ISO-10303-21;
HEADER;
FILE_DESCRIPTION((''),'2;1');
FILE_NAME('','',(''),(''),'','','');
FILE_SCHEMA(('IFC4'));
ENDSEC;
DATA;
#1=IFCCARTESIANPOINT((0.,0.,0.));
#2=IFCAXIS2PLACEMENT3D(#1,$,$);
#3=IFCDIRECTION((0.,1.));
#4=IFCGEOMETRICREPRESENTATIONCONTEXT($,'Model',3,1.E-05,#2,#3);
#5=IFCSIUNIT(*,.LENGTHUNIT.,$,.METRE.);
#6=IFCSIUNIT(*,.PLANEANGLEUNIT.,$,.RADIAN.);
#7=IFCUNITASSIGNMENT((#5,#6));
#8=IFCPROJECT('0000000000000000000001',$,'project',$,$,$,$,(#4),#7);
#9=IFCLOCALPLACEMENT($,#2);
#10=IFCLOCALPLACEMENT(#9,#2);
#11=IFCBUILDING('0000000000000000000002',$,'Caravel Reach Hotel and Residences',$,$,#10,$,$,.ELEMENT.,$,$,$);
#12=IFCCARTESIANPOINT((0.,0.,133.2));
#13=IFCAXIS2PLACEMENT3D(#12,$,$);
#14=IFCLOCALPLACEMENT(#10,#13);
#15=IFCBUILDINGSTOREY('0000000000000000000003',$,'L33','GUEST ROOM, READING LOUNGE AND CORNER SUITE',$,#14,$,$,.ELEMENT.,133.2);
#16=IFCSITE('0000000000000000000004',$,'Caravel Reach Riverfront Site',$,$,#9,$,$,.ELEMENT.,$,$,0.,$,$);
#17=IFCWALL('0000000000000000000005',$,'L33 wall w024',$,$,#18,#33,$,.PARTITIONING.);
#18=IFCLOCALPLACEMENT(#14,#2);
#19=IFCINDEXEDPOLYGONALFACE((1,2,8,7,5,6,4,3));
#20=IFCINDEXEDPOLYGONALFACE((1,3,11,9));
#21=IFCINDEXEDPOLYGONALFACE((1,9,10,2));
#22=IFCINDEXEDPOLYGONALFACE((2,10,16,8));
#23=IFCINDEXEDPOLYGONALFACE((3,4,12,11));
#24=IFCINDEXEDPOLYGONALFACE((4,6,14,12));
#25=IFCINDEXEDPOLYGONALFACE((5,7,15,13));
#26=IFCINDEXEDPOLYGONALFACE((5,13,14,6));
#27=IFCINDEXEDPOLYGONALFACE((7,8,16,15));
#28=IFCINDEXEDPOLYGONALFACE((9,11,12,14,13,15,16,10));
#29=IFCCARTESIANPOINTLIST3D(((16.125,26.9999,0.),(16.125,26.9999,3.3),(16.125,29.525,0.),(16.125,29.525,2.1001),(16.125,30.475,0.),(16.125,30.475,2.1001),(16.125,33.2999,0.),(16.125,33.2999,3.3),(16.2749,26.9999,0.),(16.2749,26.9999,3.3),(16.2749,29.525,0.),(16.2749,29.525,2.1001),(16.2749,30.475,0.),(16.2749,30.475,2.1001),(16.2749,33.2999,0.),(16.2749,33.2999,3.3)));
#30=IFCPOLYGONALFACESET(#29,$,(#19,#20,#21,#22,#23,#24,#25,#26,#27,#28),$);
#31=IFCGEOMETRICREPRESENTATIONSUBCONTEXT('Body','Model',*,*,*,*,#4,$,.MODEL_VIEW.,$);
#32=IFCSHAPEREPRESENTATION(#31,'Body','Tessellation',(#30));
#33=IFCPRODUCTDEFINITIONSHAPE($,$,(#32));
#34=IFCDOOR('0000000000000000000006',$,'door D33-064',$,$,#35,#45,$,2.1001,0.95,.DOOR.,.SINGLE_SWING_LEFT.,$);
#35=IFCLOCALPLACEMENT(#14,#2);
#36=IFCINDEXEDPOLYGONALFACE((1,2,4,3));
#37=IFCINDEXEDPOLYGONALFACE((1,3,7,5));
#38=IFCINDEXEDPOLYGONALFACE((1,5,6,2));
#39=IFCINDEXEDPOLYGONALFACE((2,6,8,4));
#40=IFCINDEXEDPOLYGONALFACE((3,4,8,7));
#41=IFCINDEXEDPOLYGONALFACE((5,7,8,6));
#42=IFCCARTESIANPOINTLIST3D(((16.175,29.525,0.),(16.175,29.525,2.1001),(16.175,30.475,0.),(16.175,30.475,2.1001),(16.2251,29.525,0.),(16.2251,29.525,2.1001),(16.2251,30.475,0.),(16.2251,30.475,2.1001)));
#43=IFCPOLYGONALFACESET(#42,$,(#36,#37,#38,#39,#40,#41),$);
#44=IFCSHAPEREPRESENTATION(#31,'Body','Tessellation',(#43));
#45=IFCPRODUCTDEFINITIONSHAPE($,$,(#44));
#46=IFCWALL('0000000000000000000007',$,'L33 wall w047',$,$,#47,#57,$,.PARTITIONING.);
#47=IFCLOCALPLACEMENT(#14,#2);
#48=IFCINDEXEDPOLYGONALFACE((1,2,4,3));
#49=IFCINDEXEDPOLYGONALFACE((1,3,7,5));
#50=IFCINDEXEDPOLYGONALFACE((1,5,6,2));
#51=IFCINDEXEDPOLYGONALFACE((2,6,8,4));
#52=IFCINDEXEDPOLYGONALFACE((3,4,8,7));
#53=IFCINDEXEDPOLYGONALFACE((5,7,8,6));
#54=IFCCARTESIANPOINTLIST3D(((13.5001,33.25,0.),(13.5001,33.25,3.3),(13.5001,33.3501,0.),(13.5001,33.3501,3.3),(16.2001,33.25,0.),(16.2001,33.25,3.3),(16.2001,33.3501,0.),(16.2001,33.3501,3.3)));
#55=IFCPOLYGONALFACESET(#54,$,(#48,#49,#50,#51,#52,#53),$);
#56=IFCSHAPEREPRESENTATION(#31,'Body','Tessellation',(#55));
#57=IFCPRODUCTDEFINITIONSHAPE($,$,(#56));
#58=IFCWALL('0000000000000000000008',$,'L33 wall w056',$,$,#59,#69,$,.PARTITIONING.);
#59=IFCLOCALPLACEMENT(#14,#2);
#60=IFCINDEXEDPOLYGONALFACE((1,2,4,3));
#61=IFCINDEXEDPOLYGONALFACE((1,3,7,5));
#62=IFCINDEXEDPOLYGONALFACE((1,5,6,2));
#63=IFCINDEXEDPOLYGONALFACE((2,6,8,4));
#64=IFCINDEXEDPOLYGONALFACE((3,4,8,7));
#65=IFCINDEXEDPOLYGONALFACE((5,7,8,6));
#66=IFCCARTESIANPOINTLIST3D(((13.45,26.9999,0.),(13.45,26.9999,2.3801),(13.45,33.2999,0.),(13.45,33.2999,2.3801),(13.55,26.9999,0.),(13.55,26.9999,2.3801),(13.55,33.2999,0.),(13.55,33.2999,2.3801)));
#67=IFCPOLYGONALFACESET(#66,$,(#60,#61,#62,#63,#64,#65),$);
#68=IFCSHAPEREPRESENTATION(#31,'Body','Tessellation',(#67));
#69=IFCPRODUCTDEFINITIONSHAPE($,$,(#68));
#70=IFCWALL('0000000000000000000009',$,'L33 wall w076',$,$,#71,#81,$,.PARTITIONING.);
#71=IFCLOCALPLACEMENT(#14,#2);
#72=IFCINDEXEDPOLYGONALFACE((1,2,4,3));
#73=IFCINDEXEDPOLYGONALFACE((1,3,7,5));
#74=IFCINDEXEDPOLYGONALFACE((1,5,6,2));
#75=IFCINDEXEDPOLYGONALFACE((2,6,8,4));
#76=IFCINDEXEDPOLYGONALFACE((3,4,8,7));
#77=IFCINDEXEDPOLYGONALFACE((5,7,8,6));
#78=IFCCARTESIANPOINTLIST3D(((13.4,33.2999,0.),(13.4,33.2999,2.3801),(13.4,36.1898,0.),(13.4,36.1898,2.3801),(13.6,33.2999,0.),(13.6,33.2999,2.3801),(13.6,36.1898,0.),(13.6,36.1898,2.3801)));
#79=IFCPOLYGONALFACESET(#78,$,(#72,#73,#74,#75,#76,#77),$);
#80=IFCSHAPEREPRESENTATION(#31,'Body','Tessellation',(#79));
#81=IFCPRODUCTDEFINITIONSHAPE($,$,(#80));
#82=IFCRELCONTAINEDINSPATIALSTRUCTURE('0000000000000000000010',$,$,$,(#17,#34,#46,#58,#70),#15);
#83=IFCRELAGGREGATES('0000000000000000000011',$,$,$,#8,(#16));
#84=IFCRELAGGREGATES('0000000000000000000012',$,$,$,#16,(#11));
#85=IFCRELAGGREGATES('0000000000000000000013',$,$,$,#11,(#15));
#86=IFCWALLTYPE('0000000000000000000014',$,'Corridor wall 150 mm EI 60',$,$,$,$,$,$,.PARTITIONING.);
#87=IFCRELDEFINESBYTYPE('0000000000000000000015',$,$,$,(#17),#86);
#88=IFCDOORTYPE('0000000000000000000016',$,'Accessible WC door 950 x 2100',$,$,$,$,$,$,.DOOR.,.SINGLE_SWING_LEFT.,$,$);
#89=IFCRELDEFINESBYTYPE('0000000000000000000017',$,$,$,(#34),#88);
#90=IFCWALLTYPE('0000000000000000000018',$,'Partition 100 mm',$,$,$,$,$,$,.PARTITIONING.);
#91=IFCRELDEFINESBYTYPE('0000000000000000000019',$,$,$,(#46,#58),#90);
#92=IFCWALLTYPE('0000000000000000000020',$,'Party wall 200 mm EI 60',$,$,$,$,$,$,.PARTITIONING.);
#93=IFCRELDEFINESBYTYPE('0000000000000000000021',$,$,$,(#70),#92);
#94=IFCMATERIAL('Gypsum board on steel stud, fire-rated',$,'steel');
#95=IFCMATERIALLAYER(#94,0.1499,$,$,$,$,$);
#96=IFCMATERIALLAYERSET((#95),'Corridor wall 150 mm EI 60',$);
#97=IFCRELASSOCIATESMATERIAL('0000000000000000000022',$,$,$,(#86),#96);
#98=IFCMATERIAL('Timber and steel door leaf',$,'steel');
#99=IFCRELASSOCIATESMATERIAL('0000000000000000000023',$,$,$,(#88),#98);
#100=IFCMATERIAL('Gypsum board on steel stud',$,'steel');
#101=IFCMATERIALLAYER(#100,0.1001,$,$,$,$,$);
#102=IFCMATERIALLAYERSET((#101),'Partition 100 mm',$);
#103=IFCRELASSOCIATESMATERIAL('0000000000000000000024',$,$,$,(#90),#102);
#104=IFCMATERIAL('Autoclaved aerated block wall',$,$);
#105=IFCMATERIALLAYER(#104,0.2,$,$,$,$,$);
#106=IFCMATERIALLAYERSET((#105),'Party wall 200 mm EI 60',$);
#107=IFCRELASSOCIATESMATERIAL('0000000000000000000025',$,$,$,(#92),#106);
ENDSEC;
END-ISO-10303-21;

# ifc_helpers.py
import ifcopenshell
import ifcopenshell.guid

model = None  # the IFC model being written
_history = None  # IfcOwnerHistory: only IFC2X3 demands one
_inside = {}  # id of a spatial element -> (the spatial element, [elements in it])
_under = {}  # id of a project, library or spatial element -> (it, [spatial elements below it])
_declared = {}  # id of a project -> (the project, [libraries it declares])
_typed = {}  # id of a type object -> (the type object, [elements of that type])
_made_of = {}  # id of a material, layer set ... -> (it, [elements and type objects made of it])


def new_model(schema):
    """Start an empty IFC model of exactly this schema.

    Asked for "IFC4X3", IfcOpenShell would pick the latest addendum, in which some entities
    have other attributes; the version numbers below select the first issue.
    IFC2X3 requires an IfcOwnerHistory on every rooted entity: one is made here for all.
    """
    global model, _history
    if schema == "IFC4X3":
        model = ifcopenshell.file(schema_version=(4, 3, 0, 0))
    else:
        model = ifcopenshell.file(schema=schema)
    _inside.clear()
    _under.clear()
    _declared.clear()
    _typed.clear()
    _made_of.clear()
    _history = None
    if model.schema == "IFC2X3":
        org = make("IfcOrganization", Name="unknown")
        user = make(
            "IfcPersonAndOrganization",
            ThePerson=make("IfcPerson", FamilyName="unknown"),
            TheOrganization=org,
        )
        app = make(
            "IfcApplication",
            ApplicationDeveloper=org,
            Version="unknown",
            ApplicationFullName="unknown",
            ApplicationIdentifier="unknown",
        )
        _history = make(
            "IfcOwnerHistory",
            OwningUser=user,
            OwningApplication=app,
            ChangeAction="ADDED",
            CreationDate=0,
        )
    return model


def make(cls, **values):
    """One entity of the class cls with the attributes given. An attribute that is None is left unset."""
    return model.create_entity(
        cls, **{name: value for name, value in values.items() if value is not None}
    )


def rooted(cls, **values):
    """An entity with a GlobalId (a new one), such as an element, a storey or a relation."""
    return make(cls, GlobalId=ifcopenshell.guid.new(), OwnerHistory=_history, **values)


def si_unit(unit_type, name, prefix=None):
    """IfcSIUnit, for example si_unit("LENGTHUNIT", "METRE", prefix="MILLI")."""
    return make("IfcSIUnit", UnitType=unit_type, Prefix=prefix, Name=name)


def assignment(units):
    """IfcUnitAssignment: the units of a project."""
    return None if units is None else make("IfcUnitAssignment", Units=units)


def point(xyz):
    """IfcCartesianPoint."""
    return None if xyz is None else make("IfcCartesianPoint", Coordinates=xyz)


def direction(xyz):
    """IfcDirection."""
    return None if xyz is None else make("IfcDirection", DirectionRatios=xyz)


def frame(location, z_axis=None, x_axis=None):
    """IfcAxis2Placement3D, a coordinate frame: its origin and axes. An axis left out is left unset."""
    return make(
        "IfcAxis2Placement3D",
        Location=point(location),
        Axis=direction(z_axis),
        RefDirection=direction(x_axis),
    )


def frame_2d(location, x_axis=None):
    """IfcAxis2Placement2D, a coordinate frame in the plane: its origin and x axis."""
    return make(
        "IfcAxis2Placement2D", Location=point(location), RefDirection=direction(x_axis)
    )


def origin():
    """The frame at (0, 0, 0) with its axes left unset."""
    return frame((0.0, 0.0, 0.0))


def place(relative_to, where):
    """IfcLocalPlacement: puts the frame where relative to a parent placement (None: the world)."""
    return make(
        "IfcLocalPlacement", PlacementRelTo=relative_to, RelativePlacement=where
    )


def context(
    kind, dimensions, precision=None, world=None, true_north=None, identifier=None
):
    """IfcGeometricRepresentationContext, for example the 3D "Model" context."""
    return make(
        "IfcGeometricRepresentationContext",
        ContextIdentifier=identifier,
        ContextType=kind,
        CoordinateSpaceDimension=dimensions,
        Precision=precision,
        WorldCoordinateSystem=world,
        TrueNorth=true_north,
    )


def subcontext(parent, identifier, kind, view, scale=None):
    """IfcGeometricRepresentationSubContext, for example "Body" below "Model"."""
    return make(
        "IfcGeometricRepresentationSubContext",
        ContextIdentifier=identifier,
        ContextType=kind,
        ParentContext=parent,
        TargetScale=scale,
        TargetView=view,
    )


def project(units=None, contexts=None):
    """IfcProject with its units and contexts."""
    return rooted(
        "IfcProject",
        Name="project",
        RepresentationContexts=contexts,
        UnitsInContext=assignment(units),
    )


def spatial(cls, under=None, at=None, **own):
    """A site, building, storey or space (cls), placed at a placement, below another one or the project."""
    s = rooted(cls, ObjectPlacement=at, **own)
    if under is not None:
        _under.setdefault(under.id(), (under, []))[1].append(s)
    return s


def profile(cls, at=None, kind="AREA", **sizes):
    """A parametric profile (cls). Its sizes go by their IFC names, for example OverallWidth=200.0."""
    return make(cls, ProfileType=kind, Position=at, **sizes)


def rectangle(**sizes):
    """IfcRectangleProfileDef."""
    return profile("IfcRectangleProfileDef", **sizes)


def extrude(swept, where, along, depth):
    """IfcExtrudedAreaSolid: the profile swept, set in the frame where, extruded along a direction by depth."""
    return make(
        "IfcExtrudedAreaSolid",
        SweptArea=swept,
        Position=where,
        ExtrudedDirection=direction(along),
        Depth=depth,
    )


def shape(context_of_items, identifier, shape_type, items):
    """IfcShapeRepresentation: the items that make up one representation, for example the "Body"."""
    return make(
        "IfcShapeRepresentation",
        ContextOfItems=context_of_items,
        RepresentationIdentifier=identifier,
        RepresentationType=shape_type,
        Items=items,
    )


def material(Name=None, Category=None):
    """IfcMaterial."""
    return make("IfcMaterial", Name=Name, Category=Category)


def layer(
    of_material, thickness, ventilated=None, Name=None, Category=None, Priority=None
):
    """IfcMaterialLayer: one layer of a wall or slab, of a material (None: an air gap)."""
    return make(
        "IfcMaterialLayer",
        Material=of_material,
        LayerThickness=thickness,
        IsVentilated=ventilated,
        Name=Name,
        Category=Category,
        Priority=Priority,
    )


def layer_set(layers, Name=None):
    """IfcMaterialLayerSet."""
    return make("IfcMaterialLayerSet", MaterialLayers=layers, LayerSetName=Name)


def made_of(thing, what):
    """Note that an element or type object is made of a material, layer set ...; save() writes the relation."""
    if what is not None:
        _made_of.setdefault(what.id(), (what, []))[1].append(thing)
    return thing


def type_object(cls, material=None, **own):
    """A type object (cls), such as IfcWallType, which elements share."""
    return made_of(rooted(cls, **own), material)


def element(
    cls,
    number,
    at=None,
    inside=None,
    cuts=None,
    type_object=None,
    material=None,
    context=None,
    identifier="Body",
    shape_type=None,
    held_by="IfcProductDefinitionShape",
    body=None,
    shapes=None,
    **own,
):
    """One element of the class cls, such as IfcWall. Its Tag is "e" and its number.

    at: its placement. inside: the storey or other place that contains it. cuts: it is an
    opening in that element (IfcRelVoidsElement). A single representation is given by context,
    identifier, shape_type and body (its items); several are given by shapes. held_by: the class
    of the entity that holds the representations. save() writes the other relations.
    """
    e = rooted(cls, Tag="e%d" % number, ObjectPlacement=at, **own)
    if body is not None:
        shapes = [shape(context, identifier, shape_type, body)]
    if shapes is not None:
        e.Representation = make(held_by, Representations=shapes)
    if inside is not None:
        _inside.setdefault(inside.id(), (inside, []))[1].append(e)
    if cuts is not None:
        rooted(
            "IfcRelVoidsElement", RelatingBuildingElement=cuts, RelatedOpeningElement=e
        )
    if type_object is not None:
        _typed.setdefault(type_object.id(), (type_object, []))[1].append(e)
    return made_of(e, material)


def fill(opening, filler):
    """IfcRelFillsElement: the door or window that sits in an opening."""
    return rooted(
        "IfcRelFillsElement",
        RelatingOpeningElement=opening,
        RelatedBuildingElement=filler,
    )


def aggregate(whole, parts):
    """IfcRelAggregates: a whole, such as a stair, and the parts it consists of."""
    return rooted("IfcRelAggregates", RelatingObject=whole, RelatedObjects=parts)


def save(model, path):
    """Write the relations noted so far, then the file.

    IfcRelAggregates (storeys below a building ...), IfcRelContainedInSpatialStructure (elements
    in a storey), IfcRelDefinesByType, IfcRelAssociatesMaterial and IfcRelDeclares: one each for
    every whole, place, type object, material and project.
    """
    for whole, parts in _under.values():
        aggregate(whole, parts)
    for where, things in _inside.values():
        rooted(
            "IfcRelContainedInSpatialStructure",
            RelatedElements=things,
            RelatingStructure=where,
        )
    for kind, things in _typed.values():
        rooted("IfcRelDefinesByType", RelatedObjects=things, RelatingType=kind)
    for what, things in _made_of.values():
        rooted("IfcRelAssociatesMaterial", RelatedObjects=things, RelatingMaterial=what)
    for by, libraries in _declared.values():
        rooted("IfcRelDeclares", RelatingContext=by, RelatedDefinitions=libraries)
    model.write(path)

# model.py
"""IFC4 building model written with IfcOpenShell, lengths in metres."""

from ifc_helpers import new_model, si_unit, direction, frame, frame_2d, origin, place, context, subcontext, project, spatial, rectangle, extrude, material, layer, layer_set, type_object, element, fill, save


model = new_model("IFC4")

# Units and contexts
model_context = context("Model", 3, precision=1e-05, world=origin(), true_north=direction((0.0, 1.0)))
body_context = subcontext(model_context, "Body", "Model", "MODEL_VIEW")
ifc_project = project(units=[si_unit("LENGTHUNIT", "METRE"), si_unit("PLANEANGLEUNIT", "RADIAN")], contexts=[model_context])

# Site, building, storey
site_placement = place(None, origin())
site = spatial("IfcSite", under=ifc_project, at=site_placement, Name="Caravel Reach Riverfront Site", CompositionType="ELEMENT", RefElevation=0.0)
building_placement = place(site_placement, origin())
building = spatial("IfcBuilding", under=site, at=building_placement, Name="Caravel Reach Hotel and Residences", CompositionType="ELEMENT")
storey_placement = place(building_placement, frame((0.0, 0.0, 133.2)))
storey = spatial("IfcBuildingStorey", under=building, at=storey_placement, Name="L33", Description="GUEST ROOM, READING LOUNGE AND CORNER SUITE", CompositionType="ELEMENT", Elevation=133.2)

# Shared definitions
ifc_material_1 = material(Name="Gypsum board on steel stud, fire-rated", Category="steel")
ifc_layer_1 = layer(ifc_material_1, 0.1499)
ifc_layer_set_1 = layer_set([ifc_layer_1], Name="Corridor wall 150 mm EI 60")
wall_type_1 = type_object("IfcWallType", Name="Corridor wall 150 mm EI 60", PredefinedType="PARTITIONING", material=ifc_layer_set_1)

# Wall, opening, door
wall_1_placement = place(storey_placement, frame((16.2, 27.0, 0.0), z_axis=(0.0, 0.0, 1.0), x_axis=(0.0, 1.0, 0.0)))
wall_1 = element("IfcWall", 1, at=wall_1_placement, inside=storey, type_object=wall_type_1, Name="L33 wall w024", PredefinedType="PARTITIONING", context=body_context, shape_type="SweptSolid", body=[
    extrude(rectangle(XDim=6.3, YDim=0.1499, at=frame_2d((3.1499, 0.0))), origin(), (0.0, 0.0, 1.0), 3.3),
])
opening_1_placement = place(wall_1_placement, frame((2.5249, 0.0, 0.0)))
opening_1 = element("IfcOpeningElement", 2, at=opening_1_placement, cuts=wall_1, PredefinedType="OPENING", context=body_context, shape_type="SweptSolid", body=[
    extrude(rectangle(XDim=0.95, YDim=2.1001, at=frame_2d((0.4751, 1.05))), frame((0.0, 0.085, 0.0), z_axis=(0.0, -1.0, 0.0), x_axis=(1.0, 0.0, 0.0)), (0.0, 0.0, 1.0), 0.1699),
])
ifc_material_2 = material(Name="Timber and steel door leaf", Category="steel")
door_type_1 = type_object("IfcDoorType", Name="Accessible WC door 950 x 2100", OperationType="SINGLE_SWING_LEFT", PredefinedType="DOOR", material=ifc_material_2)
door_1_placement = place(opening_1_placement, origin())
door_1 = element("IfcDoor", 3, at=door_1_placement, inside=storey, type_object=door_type_1, Name="door D33-064", OperationType="SINGLE_SWING_LEFT", OverallHeight=2.1001, OverallWidth=0.95, PredefinedType="DOOR", context=body_context, shape_type="SweptSolid", body=[
    extrude(rectangle(XDim=0.95, YDim=2.1001, at=frame_2d((0.4751, 1.05))), frame((0.0, 0.0249, 0.0), z_axis=(0.0, -1.0, 0.0), x_axis=(1.0, 0.0, 0.0)), (0.0, 0.0, 1.0), 0.05),
])
fill(opening_1, door_1)

# Walls
ifc_material_3 = material(Name="Gypsum board on steel stud", Category="steel")
ifc_layer_2 = layer(ifc_material_3, 0.1001)
ifc_layer_set_2 = layer_set([ifc_layer_2], Name="Partition 100 mm")
wall_type_2 = type_object("IfcWallType", Name="Partition 100 mm", PredefinedType="PARTITIONING", material=ifc_layer_set_2)
wall_2_placement = place(storey_placement, frame((13.5, 33.3, 0.0), z_axis=(0.0, 0.0, 1.0), x_axis=(1.0, 0.0, 0.0)))
element("IfcWall", 4, at=wall_2_placement, inside=storey, type_object=wall_type_2, Name="L33 wall w047", PredefinedType="PARTITIONING", context=body_context, shape_type="SweptSolid", body=[
    extrude(rectangle(XDim=2.7, YDim=0.1001, at=frame_2d((1.3501, 0.0))), origin(), (0.0, 0.0, 1.0), 3.3),
])
wall_3_placement = place(storey_placement, frame((13.5, 27.0, 0.0), z_axis=(0.0, 0.0, 1.0), x_axis=(0.0, 1.0, 0.0)))
element("IfcWall", 5, at=wall_3_placement, inside=storey, type_object=wall_type_2, Name="L33 wall w056", PredefinedType="PARTITIONING", context=body_context, shape_type="SweptSolid", body=[
    extrude(rectangle(XDim=6.3, YDim=0.1001, at=frame_2d((3.1499, 0.0))), origin(), (0.0, 0.0, 1.0), 2.3801),
])
ifc_material_4 = material(Name="Autoclaved aerated block wall")
ifc_layer_3 = layer(ifc_material_4, 0.2)
ifc_layer_set_3 = layer_set([ifc_layer_3], Name="Party wall 200 mm EI 60")
wall_type_3 = type_object("IfcWallType", Name="Party wall 200 mm EI 60", PredefinedType="PARTITIONING", material=ifc_layer_set_3)
wall_4_placement = place(storey_placement, frame((13.5, 33.3, 0.0), z_axis=(0.0, 0.0, 1.0), x_axis=(0.0, 1.0, 0.0)))
element("IfcWall", 6, at=wall_4_placement, inside=storey, type_object=wall_type_3, Name="L33 wall w076", PredefinedType="PARTITIONING", context=body_context, shape_type="SweptSolid", body=[
    extrude(rectangle(XDim=2.8899, YDim=0.2, at=frame_2d((1.4448, 0.0))), origin(), (0.0, 0.0, 1.0), 2.3801),
])

save(model, "model.ifc")
